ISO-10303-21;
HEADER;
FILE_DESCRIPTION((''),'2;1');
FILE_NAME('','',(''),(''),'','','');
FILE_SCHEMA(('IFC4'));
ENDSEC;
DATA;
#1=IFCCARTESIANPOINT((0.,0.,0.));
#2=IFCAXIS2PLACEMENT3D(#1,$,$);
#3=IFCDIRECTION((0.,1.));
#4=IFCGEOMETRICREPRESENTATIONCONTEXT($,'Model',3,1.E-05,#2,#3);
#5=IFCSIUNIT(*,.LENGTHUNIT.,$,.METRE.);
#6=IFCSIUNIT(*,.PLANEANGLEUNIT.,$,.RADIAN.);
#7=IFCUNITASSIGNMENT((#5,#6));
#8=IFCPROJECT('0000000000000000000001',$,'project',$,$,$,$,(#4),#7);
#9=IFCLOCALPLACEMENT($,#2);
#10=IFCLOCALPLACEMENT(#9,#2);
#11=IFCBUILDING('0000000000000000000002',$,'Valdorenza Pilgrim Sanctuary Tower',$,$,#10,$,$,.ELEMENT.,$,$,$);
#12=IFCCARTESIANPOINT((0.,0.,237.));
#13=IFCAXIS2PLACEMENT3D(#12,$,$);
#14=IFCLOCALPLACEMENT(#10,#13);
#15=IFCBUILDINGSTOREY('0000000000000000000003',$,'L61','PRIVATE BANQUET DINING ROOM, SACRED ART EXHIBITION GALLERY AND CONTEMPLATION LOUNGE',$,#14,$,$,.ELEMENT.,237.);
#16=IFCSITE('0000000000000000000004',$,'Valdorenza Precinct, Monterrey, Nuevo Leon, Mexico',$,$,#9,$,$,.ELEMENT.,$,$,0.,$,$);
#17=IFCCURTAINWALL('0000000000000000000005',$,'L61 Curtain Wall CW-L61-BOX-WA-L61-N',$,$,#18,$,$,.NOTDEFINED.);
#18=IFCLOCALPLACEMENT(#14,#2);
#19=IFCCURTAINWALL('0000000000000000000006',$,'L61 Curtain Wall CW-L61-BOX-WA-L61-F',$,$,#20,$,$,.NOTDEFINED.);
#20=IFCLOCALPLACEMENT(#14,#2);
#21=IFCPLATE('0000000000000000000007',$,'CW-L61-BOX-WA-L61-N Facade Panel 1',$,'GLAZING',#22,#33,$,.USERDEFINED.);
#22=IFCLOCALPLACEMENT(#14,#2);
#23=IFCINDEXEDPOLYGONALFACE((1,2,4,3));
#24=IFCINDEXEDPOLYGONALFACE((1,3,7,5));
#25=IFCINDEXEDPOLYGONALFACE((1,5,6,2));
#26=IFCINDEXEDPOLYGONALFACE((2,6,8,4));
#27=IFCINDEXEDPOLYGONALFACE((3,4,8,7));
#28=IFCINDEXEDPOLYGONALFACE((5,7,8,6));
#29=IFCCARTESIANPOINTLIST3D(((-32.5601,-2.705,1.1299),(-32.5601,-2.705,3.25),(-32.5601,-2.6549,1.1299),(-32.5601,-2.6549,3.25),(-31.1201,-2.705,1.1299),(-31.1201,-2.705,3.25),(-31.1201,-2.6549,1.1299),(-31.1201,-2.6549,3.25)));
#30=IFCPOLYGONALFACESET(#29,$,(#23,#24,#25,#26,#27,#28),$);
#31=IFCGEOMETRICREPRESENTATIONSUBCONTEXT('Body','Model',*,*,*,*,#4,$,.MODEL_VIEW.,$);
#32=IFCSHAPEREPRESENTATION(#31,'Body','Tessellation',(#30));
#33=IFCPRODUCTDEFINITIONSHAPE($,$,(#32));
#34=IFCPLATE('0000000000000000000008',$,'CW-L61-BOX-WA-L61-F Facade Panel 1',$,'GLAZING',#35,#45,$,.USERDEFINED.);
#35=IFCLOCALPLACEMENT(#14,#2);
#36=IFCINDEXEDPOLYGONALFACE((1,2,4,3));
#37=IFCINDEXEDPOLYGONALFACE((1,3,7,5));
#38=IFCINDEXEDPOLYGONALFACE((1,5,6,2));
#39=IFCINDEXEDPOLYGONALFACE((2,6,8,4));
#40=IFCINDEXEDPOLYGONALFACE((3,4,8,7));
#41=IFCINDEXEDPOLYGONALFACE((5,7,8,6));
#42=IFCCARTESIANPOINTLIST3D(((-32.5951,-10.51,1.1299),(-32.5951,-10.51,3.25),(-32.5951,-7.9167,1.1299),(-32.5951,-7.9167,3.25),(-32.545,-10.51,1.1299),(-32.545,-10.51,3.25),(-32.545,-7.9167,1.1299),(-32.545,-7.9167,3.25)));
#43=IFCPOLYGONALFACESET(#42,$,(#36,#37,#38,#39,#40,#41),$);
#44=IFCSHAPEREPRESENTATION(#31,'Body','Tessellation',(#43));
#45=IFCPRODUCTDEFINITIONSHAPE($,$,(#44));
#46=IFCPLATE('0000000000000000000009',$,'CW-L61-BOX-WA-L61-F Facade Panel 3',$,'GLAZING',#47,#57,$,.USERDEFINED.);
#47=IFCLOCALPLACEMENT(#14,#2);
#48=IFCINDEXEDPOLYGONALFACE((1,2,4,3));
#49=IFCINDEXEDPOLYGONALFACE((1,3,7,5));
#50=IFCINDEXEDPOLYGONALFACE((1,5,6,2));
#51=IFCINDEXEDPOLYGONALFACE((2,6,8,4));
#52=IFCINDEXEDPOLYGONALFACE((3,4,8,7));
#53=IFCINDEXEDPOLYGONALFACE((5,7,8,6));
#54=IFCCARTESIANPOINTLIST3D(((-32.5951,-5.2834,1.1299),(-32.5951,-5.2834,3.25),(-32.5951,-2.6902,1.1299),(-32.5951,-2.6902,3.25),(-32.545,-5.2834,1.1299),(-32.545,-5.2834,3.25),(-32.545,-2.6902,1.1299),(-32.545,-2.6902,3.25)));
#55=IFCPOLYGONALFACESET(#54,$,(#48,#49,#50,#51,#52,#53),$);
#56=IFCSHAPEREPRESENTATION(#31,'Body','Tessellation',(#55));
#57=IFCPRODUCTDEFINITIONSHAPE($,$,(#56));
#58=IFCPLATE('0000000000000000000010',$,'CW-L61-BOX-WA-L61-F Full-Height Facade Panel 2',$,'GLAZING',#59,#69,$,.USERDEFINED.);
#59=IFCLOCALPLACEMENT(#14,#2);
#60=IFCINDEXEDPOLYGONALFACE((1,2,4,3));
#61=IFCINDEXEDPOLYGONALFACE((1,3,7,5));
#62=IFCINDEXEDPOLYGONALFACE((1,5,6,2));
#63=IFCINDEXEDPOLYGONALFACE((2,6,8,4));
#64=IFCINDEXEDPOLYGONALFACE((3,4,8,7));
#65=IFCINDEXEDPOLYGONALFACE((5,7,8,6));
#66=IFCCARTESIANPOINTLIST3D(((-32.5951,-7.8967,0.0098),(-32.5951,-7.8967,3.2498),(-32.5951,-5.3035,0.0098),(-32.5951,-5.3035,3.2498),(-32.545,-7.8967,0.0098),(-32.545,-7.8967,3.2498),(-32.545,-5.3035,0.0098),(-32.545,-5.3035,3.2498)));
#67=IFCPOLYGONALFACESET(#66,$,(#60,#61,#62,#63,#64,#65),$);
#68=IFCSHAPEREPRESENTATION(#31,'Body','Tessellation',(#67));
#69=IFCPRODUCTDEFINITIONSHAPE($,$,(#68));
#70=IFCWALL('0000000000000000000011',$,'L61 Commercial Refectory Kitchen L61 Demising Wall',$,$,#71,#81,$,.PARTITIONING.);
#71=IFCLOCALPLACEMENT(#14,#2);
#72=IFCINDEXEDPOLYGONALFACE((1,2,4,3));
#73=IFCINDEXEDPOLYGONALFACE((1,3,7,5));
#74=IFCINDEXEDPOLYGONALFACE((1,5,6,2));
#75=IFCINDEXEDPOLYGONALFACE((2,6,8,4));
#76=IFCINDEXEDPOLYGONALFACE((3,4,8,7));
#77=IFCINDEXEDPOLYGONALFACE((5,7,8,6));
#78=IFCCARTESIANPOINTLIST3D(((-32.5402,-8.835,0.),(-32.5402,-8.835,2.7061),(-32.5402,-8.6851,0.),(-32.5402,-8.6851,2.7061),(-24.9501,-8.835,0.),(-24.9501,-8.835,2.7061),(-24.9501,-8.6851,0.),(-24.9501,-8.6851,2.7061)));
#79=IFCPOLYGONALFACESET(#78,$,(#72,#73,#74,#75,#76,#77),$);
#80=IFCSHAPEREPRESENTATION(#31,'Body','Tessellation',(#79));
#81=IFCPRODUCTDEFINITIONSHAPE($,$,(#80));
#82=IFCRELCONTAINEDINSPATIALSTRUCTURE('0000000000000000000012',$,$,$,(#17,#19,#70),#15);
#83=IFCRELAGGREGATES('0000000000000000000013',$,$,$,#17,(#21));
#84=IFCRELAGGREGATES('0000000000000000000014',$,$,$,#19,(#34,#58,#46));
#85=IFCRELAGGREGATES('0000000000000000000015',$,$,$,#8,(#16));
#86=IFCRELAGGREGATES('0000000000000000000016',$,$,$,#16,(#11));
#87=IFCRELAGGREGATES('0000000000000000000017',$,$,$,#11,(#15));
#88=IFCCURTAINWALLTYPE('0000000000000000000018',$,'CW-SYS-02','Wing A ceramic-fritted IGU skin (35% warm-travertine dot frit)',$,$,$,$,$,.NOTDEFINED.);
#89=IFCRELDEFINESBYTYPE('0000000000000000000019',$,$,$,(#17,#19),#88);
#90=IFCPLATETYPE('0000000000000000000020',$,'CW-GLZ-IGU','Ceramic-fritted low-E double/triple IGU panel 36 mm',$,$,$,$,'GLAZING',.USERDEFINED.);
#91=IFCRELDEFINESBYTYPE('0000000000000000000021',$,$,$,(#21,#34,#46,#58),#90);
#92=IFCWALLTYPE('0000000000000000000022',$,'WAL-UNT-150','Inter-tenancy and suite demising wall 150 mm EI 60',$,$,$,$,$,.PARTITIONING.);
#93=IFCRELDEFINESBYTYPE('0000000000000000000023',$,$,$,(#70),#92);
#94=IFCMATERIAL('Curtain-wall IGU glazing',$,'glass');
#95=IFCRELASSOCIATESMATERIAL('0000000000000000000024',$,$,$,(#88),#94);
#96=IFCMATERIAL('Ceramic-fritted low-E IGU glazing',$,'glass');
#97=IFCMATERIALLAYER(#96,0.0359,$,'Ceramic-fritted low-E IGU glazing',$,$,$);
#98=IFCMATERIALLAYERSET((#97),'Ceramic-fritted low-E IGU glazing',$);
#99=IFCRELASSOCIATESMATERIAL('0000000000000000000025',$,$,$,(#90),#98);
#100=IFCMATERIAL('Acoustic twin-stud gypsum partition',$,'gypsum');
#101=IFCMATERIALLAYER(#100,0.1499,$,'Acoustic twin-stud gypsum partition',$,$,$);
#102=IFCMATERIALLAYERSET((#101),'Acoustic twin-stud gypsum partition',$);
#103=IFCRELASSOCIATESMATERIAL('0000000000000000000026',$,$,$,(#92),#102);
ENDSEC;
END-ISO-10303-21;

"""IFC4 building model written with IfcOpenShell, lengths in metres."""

from ifc_helpers import new_model, si_unit, direction, frame, frame_2d, origin, origin_2d, place, context, subcontext, project, spatial, rectangle, extrude, source, transform, mapped, material, layer, layer_set, type_object, element, aggregate, save


model = new_model("IFC4")

# Units and contexts
model_context = context("Model", 3, precision=1e-05, world=origin(), true_north=direction((0.0, 1.0)))
body_context = subcontext(model_context, "Body", "Model", "MODEL_VIEW")
ifc_project = project(units=[si_unit("LENGTHUNIT", "METRE"), si_unit("PLANEANGLEUNIT", "RADIAN")], contexts=[model_context])

# Site, building, storey
site_placement = place(None, origin())
site = spatial("IfcSite", under=ifc_project, at=site_placement, Name="Valdorenza Precinct, Monterrey, Nuevo Leon, Mexico", CompositionType="ELEMENT", RefElevation=0.0)
building_placement = place(site_placement, origin())
building = spatial("IfcBuilding", under=site, at=building_placement, Name="Valdorenza Pilgrim Sanctuary Tower", CompositionType="ELEMENT")
storey_placement = place(building_placement, frame((0.0, 0.0, 237.0)))
storey = spatial("IfcBuildingStorey", under=building, at=storey_placement, Name="L61", Description="PRIVATE BANQUET DINING ROOM, SACRED ART EXHIBITION GALLERY AND CONTEMPLATION LOUNGE", CompositionType="ELEMENT", Elevation=237.0)

# Curtain wall
ifc_material_1 = material(Name="Curtain-wall IGU glazing", Category="glass")
curtain_wall_type = type_object("IfcCurtainWallType", Name="CW-SYS-02", Description="Wing A ceramic-fritted IGU skin (35% warm-travertine dot frit)", PredefinedType="NOTDEFINED", material=ifc_material_1)
curtain_wall_1_placement = place(storey_placement, origin())
curtain_wall_1 = element("IfcCurtainWall", 1, at=curtain_wall_1_placement, inside=storey, type_object=curtain_wall_type, Name="L61 Curtain Wall CW-L61-BOX-WA-L61-N", PredefinedType="NOTDEFINED")

# Curtain wall
curtain_wall_2_placement = place(storey_placement, origin())
curtain_wall_2 = element("IfcCurtainWall", 2, at=curtain_wall_2_placement, inside=storey, type_object=curtain_wall_type, Name="L61 Curtain Wall CW-L61-BOX-WA-L61-F", PredefinedType="NOTDEFINED")

# Plates
ifc_material_2 = material(Name="Ceramic-fritted low-E IGU glazing", Category="glass")
ifc_layer_1 = layer(ifc_material_2, 0.0359, Name="Ceramic-fritted low-E IGU glazing")
ifc_layer_set_1 = layer_set([ifc_layer_1], Name="Ceramic-fritted low-E IGU glazing")
plate_type_1 = type_object("IfcPlateType", Name="CW-GLZ-IGU", Description="Ceramic-fritted low-E double/triple IGU panel 36 mm", ElementType="GLAZING", PredefinedType="USERDEFINED", material=ifc_layer_set_1)
shared_shape_1 = source(origin(), body_context, "Body", "SweptSolid", [
    extrude(rectangle(XDim=1.4399, YDim=0.05, at=origin_2d()), origin(), (0.0, 0.0, 1.0), 2.1201),
])
plate_1_placement = place(storey_placement, frame((-31.8401, -2.6799, 1.1299), z_axis=(0.0, 0.0, 1.0), x_axis=(1.0, 0.0, 0.0)))
plate_1 = element("IfcPlate", 3, at=plate_1_placement, type_object=plate_type_1, Name="CW-L61-BOX-WA-L61-N Facade Panel 1", ObjectType="GLAZING", PredefinedType="USERDEFINED", context=body_context, shape_type="MappedRepresentation", body=[
    mapped(shared_shape_1, transform((0.0, 0.0, 0.0), x_axis=(1.0, 0.0, 0.0), y_axis=(0.0, 1.0, 0.0), z_axis=(0.0, 0.0, 1.0), scale=1.0)),
])
aggregate(curtain_wall_1, [plate_1])
shared_shape_2 = source(origin(), body_context, "Body", "SweptSolid", [
    extrude(rectangle(XDim=2.5933, YDim=0.05, at=origin_2d()), origin(), (0.0, 0.0, 1.0), 2.1201),
])
plate_2_placement = place(storey_placement, frame((-32.5701, -9.2134, 1.1299), z_axis=(0.0, 0.0, 1.0), x_axis=(0.0, 1.0, 0.0)))
plate_2 = element("IfcPlate", 4, at=plate_2_placement, type_object=plate_type_1, Name="CW-L61-BOX-WA-L61-F Facade Panel 1", ObjectType="GLAZING", PredefinedType="USERDEFINED", context=body_context, shape_type="MappedRepresentation", body=[
    mapped(shared_shape_2, transform((0.0, 0.0, 0.0), x_axis=(1.0, 0.0, 0.0), y_axis=(0.0, 1.0, 0.0), z_axis=(0.0, 0.0, 1.0), scale=1.0)),
])
plate_3_placement = place(storey_placement, frame((-32.5701, -3.9868, 1.1299), z_axis=(0.0, 0.0, 1.0), x_axis=(0.0, 1.0, 0.0)))
plate_3 = element("IfcPlate", 5, at=plate_3_placement, type_object=plate_type_1, Name="CW-L61-BOX-WA-L61-F Facade Panel 3", ObjectType="GLAZING", PredefinedType="USERDEFINED", context=body_context, shape_type="MappedRepresentation", body=[
    mapped(shared_shape_2, transform((0.0, 0.0, 0.0), x_axis=(1.0, 0.0, 0.0), y_axis=(0.0, 1.0, 0.0), z_axis=(0.0, 0.0, 1.0), scale=1.0)),
])
shared_shape_3 = source(origin(), body_context, "Body", "SweptSolid", [
    extrude(rectangle(XDim=2.5933, YDim=0.05, at=origin_2d()), origin(), (0.0, 0.0, 1.0), 3.24),
])
plate_4_placement = place(storey_placement, frame((-32.5701, -6.6001, 0.0098), z_axis=(0.0, 0.0, 1.0), x_axis=(0.0, 1.0, 0.0)))
plate_4 = element("IfcPlate", 6, at=plate_4_placement, type_object=plate_type_1, Name="CW-L61-BOX-WA-L61-F Full-Height Facade Panel 2", ObjectType="GLAZING", PredefinedType="USERDEFINED", context=body_context, shape_type="MappedRepresentation", body=[
    mapped(shared_shape_3, transform((0.0, 0.0, 0.0), x_axis=(1.0, 0.0, 0.0), y_axis=(0.0, 1.0, 0.0), z_axis=(0.0, 0.0, 1.0), scale=1.0)),
])
aggregate(curtain_wall_2, [plate_2, plate_4, plate_3])

# Wall
ifc_material_3 = material(Name="Acoustic twin-stud gypsum partition", Category="gypsum")
ifc_layer_2 = layer(ifc_material_3, 0.1499, Name="Acoustic twin-stud gypsum partition")
ifc_layer_set_2 = layer_set([ifc_layer_2], Name="Acoustic twin-stud gypsum partition")
wall_type = type_object("IfcWallType", Name="WAL-UNT-150", Description="Inter-tenancy and suite demising wall 150 mm EI 60", PredefinedType="PARTITIONING", material=ifc_layer_set_2)
wall_placement = place(storey_placement, frame((-32.54, -8.76, 0.0), z_axis=(0.0, 0.0, 1.0), x_axis=(1.0, 0.0, 0.0)))
element("IfcWall", 7, at=wall_placement, inside=storey, type_object=wall_type, Name="L61 Commercial Refectory Kitchen L61 Demising Wall", PredefinedType="PARTITIONING", context=body_context, shape_type="SweptSolid", body=[
    extrude(rectangle(XDim=7.5901, YDim=0.1499, at=frame_2d((3.7949, 0.0))), origin(), (0.0, 0.0, 1.0), 2.7061),
])

save(model, "model.ifc")
